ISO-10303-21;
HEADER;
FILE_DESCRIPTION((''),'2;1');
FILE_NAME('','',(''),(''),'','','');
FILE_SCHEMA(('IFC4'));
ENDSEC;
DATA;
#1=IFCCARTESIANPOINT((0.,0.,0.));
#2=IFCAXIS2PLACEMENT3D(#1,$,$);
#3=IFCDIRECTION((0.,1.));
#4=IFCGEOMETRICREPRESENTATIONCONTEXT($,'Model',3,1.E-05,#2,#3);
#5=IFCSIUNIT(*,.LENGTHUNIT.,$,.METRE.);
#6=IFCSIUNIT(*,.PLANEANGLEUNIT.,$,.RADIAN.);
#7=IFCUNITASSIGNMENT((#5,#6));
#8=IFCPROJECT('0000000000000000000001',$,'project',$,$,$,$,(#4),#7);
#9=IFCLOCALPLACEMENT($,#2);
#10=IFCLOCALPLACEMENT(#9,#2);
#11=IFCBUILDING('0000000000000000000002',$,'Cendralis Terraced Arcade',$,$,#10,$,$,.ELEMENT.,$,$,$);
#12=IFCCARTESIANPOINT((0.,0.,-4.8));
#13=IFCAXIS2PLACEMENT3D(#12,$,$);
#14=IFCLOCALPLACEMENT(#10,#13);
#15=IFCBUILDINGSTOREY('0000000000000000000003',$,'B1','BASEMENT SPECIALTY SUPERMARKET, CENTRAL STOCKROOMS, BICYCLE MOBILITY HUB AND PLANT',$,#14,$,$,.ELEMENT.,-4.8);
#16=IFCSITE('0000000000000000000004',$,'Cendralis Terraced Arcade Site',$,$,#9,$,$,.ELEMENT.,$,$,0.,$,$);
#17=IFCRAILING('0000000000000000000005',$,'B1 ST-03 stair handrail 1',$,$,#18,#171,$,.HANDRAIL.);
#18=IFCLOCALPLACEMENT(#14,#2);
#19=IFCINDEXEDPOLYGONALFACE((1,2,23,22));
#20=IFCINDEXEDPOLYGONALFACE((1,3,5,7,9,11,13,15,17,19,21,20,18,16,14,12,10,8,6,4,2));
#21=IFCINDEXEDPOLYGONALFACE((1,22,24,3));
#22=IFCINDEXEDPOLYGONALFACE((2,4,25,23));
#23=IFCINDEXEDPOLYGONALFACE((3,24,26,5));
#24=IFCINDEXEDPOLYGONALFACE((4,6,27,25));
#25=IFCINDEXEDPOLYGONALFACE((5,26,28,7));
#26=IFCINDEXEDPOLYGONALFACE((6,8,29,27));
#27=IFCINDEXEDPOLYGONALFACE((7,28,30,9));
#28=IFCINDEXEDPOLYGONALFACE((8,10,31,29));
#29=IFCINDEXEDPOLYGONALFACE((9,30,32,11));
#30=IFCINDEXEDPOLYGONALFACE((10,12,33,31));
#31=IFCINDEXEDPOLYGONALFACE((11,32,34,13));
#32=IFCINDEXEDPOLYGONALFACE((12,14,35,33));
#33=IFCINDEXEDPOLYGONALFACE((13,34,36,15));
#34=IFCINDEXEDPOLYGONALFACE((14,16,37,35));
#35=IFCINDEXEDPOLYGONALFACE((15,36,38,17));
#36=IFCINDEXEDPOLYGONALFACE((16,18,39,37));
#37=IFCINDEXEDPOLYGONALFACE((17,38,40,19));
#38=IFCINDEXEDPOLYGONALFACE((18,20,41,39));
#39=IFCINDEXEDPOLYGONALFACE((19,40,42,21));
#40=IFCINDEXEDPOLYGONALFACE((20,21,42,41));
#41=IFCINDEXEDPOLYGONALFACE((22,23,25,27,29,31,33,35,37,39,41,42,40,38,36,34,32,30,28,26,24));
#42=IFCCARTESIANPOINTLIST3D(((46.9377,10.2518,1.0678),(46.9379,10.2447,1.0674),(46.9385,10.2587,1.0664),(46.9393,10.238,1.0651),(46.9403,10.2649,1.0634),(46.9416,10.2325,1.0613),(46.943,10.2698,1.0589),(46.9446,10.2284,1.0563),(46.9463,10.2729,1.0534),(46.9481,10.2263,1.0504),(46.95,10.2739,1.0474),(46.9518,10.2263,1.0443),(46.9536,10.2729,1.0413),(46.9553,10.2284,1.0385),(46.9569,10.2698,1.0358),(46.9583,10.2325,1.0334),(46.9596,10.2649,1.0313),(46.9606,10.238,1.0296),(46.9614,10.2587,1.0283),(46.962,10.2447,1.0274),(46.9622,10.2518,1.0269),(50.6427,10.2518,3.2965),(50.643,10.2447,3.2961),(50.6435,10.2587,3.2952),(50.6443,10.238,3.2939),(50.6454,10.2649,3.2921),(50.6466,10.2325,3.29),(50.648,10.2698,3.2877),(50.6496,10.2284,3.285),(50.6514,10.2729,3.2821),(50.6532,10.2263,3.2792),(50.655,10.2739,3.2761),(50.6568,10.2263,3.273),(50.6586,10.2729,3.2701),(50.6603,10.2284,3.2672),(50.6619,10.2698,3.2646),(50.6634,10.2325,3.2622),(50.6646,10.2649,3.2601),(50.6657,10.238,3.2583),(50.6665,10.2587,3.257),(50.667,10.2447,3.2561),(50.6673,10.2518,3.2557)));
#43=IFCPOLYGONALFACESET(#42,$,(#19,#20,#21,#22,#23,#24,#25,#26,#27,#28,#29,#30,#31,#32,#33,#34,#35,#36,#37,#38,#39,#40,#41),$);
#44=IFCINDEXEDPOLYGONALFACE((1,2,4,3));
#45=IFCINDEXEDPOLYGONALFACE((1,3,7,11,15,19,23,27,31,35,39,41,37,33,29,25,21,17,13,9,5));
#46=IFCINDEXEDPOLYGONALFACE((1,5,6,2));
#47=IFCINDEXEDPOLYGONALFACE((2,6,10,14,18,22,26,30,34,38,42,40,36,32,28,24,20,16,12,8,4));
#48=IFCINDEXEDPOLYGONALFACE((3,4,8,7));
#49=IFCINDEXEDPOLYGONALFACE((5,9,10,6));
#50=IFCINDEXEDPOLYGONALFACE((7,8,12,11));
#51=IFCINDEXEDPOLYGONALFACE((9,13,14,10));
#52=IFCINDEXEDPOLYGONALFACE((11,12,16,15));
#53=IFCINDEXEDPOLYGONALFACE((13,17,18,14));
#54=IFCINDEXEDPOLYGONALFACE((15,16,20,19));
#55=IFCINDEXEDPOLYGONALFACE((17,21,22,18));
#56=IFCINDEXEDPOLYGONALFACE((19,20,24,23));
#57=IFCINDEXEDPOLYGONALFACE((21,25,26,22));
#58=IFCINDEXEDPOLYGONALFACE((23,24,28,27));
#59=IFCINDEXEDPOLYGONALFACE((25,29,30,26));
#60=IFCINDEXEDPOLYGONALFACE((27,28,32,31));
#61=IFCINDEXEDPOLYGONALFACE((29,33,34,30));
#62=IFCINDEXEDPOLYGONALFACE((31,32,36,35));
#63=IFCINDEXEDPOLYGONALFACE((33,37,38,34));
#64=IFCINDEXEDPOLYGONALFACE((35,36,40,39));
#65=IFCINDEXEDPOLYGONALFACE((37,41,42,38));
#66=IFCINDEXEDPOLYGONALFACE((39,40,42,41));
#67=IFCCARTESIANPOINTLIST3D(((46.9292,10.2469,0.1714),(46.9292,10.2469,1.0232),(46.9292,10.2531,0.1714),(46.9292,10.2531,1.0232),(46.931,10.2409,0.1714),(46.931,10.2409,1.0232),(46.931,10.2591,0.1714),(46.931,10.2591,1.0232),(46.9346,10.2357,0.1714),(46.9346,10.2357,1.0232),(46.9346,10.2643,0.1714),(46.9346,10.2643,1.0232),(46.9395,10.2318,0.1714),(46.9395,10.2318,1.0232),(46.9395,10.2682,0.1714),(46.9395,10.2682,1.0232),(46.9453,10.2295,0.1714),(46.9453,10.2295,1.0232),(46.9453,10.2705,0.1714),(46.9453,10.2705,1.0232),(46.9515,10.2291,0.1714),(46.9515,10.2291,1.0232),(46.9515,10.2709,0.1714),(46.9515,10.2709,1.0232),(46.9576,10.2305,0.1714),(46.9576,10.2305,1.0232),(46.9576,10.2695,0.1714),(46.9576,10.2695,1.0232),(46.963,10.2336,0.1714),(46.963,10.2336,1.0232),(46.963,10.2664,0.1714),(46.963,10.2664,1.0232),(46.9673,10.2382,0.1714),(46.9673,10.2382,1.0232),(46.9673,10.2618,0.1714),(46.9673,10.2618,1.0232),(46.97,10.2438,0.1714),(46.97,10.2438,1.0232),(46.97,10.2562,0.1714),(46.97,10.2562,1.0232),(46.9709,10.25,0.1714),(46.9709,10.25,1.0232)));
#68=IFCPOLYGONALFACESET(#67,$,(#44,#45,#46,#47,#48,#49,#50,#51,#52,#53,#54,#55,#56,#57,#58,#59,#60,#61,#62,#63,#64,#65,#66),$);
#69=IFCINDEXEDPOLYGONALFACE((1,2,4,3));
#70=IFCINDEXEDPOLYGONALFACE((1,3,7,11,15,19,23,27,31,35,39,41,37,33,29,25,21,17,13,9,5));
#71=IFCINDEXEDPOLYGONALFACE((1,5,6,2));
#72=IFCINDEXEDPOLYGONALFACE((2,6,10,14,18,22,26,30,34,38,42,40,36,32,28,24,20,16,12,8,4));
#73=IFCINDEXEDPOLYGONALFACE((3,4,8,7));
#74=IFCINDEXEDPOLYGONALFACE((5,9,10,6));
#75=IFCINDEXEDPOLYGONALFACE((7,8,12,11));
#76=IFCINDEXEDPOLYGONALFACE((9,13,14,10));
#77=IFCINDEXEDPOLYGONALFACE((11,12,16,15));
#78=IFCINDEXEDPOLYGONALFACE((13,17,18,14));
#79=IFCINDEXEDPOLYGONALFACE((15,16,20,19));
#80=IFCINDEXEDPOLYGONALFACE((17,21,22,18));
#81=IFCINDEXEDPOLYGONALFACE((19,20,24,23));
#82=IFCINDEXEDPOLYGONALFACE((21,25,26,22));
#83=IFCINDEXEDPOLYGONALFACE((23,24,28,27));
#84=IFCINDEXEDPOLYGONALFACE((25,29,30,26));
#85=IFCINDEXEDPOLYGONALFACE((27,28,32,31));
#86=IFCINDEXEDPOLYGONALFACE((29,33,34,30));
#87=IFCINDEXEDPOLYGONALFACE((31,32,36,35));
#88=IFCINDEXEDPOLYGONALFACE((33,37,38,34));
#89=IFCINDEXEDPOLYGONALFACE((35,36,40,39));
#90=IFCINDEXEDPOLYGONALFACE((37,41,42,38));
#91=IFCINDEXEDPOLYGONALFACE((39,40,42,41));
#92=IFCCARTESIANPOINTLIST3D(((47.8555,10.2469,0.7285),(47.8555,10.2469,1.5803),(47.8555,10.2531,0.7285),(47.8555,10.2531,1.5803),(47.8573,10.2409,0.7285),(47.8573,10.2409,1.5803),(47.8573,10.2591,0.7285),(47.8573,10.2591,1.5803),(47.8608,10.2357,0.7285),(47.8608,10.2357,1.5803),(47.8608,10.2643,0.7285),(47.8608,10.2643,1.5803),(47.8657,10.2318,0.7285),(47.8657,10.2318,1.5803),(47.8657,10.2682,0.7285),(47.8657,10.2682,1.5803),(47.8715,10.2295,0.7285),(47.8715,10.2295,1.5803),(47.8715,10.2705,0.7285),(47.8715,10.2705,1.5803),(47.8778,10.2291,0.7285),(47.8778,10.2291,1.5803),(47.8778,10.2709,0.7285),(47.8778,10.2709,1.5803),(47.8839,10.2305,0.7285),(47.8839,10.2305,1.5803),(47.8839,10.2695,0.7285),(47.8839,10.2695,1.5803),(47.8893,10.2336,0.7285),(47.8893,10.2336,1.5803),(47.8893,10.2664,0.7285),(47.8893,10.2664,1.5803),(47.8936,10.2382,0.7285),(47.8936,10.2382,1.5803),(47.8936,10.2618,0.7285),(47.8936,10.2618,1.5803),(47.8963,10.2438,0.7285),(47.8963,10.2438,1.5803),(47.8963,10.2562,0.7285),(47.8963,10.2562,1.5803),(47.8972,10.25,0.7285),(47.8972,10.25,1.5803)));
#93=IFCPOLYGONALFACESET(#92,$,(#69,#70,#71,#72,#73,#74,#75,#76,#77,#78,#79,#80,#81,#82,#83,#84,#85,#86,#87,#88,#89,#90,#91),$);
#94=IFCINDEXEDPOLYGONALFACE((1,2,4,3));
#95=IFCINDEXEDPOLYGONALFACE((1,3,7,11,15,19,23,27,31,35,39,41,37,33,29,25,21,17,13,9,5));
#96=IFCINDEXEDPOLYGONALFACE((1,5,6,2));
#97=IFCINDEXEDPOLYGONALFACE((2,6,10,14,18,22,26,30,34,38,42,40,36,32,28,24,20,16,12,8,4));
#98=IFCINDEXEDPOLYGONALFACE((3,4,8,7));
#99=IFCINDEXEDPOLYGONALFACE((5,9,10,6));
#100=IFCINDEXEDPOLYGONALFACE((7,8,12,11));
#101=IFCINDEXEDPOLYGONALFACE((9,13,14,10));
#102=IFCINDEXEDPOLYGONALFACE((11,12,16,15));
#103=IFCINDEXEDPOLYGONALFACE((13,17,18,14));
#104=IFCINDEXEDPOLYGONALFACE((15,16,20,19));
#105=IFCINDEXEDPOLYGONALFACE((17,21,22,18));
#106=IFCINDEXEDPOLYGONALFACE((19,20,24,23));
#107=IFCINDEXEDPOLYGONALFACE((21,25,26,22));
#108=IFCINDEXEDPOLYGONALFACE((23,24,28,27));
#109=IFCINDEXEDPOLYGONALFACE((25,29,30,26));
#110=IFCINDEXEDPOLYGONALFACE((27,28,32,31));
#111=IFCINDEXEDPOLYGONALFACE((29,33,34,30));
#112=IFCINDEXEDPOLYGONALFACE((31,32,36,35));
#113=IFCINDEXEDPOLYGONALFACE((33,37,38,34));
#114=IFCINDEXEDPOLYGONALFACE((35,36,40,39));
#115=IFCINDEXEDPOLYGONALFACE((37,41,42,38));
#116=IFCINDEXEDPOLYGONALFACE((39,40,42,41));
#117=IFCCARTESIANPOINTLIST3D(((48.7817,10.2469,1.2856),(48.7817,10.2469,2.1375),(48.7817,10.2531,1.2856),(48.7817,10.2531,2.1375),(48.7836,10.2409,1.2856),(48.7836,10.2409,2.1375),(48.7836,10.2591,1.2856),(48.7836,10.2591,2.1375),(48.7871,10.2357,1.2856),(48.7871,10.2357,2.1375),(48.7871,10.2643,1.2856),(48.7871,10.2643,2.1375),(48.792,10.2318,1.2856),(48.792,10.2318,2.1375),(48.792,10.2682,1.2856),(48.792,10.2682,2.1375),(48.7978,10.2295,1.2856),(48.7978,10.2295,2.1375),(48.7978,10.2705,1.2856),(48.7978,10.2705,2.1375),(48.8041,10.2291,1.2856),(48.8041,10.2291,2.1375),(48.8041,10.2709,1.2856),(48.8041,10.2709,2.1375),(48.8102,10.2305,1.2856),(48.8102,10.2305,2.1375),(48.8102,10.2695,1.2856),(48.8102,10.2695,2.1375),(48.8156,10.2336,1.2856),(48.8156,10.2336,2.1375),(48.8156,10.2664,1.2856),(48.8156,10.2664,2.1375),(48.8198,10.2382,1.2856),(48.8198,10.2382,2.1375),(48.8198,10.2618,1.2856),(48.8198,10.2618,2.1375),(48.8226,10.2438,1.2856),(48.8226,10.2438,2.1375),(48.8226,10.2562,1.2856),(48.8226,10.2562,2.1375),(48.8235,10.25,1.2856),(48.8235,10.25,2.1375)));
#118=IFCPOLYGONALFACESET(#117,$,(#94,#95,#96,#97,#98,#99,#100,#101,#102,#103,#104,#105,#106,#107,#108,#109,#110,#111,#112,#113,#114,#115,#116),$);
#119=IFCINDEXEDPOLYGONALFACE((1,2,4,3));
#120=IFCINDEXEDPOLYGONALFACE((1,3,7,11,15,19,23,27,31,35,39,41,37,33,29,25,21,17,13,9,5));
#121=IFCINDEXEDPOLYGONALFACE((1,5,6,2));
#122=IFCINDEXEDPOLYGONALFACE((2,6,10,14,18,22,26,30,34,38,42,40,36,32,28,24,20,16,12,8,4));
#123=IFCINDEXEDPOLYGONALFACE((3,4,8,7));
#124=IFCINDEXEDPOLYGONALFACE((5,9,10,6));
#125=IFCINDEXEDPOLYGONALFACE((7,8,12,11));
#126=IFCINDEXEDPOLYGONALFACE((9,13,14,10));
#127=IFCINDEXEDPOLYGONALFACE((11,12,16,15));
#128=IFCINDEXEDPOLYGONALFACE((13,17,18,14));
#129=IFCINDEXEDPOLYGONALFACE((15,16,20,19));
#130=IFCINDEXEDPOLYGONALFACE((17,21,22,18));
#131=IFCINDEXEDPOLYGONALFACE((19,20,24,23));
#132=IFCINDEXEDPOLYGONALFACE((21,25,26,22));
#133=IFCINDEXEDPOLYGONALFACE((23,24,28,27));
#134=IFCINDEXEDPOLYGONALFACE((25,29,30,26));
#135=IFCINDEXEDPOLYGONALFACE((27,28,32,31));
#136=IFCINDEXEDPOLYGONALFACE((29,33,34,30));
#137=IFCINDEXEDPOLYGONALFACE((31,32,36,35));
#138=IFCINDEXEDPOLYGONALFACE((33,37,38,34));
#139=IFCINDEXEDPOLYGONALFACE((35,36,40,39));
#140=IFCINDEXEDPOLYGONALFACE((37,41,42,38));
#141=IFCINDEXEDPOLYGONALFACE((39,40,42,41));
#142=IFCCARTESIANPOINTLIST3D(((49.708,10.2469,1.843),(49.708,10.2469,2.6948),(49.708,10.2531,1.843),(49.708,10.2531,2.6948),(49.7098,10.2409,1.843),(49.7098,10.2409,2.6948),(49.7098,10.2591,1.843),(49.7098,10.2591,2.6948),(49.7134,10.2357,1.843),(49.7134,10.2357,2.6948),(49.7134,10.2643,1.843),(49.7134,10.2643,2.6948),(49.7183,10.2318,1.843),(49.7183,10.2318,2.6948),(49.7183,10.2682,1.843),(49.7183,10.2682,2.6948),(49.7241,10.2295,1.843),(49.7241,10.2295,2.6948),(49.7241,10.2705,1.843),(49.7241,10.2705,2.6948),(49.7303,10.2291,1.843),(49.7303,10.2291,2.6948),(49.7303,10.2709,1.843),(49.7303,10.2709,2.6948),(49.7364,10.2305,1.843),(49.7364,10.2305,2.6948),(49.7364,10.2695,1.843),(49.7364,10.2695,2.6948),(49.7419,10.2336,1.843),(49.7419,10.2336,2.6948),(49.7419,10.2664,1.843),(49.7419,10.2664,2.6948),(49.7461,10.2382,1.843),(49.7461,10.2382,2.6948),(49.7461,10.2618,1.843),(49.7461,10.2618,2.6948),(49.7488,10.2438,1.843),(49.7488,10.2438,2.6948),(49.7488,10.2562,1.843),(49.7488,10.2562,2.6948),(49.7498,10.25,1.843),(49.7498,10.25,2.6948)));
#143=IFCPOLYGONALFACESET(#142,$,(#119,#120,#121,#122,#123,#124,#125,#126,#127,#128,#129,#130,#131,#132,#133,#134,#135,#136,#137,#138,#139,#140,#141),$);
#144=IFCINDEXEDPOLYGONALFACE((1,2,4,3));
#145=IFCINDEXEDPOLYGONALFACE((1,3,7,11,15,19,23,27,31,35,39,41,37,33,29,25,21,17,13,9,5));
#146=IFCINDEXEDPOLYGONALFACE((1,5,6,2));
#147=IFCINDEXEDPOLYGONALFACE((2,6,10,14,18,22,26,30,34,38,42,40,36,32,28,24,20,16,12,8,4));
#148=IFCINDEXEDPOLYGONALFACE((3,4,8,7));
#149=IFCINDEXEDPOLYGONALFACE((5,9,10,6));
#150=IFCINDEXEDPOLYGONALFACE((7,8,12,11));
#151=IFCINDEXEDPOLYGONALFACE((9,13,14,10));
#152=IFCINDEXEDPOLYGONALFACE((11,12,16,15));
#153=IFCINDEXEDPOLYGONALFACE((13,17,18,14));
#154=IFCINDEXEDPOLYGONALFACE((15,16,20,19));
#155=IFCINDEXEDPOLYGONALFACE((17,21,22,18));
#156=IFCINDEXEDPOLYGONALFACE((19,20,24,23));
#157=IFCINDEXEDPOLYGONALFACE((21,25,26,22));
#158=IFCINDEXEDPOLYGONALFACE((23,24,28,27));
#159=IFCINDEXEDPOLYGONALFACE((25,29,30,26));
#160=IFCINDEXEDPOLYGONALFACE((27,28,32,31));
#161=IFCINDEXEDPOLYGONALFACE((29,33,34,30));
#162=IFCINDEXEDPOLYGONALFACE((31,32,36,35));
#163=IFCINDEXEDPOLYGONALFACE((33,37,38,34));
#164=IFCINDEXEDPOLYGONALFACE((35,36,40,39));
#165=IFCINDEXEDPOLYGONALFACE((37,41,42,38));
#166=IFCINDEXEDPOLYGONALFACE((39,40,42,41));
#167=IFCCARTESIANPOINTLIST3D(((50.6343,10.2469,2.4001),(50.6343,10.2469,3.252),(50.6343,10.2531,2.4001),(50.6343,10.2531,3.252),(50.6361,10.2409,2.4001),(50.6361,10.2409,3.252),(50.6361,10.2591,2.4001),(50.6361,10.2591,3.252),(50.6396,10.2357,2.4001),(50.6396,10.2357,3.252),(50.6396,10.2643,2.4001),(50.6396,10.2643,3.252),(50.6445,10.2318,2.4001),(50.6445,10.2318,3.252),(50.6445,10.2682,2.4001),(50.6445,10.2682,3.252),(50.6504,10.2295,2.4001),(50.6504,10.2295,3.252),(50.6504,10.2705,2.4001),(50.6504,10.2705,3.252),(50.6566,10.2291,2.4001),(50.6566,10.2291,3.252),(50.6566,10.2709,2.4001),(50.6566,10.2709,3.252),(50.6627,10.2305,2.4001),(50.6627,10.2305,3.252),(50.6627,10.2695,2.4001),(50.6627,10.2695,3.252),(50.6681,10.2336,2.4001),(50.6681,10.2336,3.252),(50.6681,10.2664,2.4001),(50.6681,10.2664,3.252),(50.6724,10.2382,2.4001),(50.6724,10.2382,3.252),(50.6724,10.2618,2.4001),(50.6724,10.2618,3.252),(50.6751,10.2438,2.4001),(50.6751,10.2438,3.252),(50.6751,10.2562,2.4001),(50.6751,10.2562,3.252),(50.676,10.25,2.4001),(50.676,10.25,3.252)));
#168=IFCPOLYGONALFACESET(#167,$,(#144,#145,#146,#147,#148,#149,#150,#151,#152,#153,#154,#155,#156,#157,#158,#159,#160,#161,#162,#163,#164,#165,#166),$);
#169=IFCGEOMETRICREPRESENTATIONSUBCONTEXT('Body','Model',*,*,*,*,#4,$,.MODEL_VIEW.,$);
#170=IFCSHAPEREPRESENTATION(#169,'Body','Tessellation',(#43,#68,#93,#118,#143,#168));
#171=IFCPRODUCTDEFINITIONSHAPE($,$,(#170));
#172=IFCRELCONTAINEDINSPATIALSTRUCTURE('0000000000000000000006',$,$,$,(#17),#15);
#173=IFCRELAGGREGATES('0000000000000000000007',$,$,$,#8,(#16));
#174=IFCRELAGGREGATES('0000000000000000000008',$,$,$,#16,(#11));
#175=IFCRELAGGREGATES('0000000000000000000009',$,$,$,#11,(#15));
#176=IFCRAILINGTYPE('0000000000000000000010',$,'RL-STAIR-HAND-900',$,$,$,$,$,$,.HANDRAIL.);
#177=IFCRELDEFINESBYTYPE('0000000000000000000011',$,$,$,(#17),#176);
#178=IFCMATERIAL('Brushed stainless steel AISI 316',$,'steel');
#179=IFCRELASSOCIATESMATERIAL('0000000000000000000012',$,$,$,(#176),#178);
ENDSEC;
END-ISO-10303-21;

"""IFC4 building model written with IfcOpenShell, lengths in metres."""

from ifc_helpers import new_model, si_unit, direction, frame, origin, origin_2d, place, context, subcontext, project, spatial, circle, extrude, material, type_object, element, save


model = new_model("IFC4")

# Units and contexts
model_context = context("Model", 3, precision=1e-05, world=origin(), true_north=direction((0.0, 1.0)))
body_context = subcontext(model_context, "Body", "Model", "MODEL_VIEW")
ifc_project = project(units=[si_unit("LENGTHUNIT", "METRE"), si_unit("PLANEANGLEUNIT", "RADIAN")], contexts=[model_context])

# Site, building, storey
site_placement = place(None, origin())
site = spatial("IfcSite", under=ifc_project, at=site_placement, Name="Cendralis Terraced Arcade Site", CompositionType="ELEMENT", RefElevation=0.0)
building_placement = place(site_placement, origin())
building = spatial("IfcBuilding", under=site, at=building_placement, Name="Cendralis Terraced Arcade", CompositionType="ELEMENT")
storey_placement = place(building_placement, frame((0.0, 0.0, -4.8)))
storey = spatial("IfcBuildingStorey", under=building, at=storey_placement, Name="B1", Description="BASEMENT SPECIALTY SUPERMARKET, CENTRAL STOCKROOMS, BICYCLE MOBILITY HUB AND PLANT", CompositionType="ELEMENT", Elevation=-4.8)

# Railing
ifc_material_1 = material(Name="Brushed stainless steel AISI 316", Category="steel")
railing_type_1 = type_object("IfcRailingType", Name="RL-STAIR-HAND-900", PredefinedType="HANDRAIL", material=ifc_material_1)
railing_1_placement = place(storey_placement, frame((46.95, 10.25, 0.1714)))
element("IfcRailing", 1, at=railing_1_placement, inside=storey, type_object=railing_type_1, Name="B1 ST-03 stair handrail 1", PredefinedType="HANDRAIL", context=body_context, shape_type="SweptSolid", body=[
    extrude(circle(Radius=0.0239, at=origin_2d()), frame((0.0, 0.0, 0.876), z_axis=(0.856909, 0.0, 0.515467), x_axis=(0.0, 1.0, 0.0)), (0.0, 0.0, 1.0), 4.3237),
    extrude(circle(Radius=0.021, at=origin_2d()), origin(), (0.0, 0.0, 1.0), 0.8518),
    extrude(circle(Radius=0.021, at=origin_2d()), frame((0.9263, 0.0, 0.5571)), (0.0, 0.0, 1.0), 0.8518),
    extrude(circle(Radius=0.021, at=origin_2d()), frame((1.8525, 0.0, 1.1143)), (0.0, 0.0, 1.0), 0.8518),
    extrude(circle(Radius=0.021, at=origin_2d()), frame((2.7788, 0.0, 1.6716)), (0.0, 0.0, 1.0), 0.8518),
    extrude(circle(Radius=0.021, at=origin_2d()), frame((3.7051, 0.0, 2.2288)), (0.0, 0.0, 1.0), 0.8518),
])

save(model, "model.ifc")
